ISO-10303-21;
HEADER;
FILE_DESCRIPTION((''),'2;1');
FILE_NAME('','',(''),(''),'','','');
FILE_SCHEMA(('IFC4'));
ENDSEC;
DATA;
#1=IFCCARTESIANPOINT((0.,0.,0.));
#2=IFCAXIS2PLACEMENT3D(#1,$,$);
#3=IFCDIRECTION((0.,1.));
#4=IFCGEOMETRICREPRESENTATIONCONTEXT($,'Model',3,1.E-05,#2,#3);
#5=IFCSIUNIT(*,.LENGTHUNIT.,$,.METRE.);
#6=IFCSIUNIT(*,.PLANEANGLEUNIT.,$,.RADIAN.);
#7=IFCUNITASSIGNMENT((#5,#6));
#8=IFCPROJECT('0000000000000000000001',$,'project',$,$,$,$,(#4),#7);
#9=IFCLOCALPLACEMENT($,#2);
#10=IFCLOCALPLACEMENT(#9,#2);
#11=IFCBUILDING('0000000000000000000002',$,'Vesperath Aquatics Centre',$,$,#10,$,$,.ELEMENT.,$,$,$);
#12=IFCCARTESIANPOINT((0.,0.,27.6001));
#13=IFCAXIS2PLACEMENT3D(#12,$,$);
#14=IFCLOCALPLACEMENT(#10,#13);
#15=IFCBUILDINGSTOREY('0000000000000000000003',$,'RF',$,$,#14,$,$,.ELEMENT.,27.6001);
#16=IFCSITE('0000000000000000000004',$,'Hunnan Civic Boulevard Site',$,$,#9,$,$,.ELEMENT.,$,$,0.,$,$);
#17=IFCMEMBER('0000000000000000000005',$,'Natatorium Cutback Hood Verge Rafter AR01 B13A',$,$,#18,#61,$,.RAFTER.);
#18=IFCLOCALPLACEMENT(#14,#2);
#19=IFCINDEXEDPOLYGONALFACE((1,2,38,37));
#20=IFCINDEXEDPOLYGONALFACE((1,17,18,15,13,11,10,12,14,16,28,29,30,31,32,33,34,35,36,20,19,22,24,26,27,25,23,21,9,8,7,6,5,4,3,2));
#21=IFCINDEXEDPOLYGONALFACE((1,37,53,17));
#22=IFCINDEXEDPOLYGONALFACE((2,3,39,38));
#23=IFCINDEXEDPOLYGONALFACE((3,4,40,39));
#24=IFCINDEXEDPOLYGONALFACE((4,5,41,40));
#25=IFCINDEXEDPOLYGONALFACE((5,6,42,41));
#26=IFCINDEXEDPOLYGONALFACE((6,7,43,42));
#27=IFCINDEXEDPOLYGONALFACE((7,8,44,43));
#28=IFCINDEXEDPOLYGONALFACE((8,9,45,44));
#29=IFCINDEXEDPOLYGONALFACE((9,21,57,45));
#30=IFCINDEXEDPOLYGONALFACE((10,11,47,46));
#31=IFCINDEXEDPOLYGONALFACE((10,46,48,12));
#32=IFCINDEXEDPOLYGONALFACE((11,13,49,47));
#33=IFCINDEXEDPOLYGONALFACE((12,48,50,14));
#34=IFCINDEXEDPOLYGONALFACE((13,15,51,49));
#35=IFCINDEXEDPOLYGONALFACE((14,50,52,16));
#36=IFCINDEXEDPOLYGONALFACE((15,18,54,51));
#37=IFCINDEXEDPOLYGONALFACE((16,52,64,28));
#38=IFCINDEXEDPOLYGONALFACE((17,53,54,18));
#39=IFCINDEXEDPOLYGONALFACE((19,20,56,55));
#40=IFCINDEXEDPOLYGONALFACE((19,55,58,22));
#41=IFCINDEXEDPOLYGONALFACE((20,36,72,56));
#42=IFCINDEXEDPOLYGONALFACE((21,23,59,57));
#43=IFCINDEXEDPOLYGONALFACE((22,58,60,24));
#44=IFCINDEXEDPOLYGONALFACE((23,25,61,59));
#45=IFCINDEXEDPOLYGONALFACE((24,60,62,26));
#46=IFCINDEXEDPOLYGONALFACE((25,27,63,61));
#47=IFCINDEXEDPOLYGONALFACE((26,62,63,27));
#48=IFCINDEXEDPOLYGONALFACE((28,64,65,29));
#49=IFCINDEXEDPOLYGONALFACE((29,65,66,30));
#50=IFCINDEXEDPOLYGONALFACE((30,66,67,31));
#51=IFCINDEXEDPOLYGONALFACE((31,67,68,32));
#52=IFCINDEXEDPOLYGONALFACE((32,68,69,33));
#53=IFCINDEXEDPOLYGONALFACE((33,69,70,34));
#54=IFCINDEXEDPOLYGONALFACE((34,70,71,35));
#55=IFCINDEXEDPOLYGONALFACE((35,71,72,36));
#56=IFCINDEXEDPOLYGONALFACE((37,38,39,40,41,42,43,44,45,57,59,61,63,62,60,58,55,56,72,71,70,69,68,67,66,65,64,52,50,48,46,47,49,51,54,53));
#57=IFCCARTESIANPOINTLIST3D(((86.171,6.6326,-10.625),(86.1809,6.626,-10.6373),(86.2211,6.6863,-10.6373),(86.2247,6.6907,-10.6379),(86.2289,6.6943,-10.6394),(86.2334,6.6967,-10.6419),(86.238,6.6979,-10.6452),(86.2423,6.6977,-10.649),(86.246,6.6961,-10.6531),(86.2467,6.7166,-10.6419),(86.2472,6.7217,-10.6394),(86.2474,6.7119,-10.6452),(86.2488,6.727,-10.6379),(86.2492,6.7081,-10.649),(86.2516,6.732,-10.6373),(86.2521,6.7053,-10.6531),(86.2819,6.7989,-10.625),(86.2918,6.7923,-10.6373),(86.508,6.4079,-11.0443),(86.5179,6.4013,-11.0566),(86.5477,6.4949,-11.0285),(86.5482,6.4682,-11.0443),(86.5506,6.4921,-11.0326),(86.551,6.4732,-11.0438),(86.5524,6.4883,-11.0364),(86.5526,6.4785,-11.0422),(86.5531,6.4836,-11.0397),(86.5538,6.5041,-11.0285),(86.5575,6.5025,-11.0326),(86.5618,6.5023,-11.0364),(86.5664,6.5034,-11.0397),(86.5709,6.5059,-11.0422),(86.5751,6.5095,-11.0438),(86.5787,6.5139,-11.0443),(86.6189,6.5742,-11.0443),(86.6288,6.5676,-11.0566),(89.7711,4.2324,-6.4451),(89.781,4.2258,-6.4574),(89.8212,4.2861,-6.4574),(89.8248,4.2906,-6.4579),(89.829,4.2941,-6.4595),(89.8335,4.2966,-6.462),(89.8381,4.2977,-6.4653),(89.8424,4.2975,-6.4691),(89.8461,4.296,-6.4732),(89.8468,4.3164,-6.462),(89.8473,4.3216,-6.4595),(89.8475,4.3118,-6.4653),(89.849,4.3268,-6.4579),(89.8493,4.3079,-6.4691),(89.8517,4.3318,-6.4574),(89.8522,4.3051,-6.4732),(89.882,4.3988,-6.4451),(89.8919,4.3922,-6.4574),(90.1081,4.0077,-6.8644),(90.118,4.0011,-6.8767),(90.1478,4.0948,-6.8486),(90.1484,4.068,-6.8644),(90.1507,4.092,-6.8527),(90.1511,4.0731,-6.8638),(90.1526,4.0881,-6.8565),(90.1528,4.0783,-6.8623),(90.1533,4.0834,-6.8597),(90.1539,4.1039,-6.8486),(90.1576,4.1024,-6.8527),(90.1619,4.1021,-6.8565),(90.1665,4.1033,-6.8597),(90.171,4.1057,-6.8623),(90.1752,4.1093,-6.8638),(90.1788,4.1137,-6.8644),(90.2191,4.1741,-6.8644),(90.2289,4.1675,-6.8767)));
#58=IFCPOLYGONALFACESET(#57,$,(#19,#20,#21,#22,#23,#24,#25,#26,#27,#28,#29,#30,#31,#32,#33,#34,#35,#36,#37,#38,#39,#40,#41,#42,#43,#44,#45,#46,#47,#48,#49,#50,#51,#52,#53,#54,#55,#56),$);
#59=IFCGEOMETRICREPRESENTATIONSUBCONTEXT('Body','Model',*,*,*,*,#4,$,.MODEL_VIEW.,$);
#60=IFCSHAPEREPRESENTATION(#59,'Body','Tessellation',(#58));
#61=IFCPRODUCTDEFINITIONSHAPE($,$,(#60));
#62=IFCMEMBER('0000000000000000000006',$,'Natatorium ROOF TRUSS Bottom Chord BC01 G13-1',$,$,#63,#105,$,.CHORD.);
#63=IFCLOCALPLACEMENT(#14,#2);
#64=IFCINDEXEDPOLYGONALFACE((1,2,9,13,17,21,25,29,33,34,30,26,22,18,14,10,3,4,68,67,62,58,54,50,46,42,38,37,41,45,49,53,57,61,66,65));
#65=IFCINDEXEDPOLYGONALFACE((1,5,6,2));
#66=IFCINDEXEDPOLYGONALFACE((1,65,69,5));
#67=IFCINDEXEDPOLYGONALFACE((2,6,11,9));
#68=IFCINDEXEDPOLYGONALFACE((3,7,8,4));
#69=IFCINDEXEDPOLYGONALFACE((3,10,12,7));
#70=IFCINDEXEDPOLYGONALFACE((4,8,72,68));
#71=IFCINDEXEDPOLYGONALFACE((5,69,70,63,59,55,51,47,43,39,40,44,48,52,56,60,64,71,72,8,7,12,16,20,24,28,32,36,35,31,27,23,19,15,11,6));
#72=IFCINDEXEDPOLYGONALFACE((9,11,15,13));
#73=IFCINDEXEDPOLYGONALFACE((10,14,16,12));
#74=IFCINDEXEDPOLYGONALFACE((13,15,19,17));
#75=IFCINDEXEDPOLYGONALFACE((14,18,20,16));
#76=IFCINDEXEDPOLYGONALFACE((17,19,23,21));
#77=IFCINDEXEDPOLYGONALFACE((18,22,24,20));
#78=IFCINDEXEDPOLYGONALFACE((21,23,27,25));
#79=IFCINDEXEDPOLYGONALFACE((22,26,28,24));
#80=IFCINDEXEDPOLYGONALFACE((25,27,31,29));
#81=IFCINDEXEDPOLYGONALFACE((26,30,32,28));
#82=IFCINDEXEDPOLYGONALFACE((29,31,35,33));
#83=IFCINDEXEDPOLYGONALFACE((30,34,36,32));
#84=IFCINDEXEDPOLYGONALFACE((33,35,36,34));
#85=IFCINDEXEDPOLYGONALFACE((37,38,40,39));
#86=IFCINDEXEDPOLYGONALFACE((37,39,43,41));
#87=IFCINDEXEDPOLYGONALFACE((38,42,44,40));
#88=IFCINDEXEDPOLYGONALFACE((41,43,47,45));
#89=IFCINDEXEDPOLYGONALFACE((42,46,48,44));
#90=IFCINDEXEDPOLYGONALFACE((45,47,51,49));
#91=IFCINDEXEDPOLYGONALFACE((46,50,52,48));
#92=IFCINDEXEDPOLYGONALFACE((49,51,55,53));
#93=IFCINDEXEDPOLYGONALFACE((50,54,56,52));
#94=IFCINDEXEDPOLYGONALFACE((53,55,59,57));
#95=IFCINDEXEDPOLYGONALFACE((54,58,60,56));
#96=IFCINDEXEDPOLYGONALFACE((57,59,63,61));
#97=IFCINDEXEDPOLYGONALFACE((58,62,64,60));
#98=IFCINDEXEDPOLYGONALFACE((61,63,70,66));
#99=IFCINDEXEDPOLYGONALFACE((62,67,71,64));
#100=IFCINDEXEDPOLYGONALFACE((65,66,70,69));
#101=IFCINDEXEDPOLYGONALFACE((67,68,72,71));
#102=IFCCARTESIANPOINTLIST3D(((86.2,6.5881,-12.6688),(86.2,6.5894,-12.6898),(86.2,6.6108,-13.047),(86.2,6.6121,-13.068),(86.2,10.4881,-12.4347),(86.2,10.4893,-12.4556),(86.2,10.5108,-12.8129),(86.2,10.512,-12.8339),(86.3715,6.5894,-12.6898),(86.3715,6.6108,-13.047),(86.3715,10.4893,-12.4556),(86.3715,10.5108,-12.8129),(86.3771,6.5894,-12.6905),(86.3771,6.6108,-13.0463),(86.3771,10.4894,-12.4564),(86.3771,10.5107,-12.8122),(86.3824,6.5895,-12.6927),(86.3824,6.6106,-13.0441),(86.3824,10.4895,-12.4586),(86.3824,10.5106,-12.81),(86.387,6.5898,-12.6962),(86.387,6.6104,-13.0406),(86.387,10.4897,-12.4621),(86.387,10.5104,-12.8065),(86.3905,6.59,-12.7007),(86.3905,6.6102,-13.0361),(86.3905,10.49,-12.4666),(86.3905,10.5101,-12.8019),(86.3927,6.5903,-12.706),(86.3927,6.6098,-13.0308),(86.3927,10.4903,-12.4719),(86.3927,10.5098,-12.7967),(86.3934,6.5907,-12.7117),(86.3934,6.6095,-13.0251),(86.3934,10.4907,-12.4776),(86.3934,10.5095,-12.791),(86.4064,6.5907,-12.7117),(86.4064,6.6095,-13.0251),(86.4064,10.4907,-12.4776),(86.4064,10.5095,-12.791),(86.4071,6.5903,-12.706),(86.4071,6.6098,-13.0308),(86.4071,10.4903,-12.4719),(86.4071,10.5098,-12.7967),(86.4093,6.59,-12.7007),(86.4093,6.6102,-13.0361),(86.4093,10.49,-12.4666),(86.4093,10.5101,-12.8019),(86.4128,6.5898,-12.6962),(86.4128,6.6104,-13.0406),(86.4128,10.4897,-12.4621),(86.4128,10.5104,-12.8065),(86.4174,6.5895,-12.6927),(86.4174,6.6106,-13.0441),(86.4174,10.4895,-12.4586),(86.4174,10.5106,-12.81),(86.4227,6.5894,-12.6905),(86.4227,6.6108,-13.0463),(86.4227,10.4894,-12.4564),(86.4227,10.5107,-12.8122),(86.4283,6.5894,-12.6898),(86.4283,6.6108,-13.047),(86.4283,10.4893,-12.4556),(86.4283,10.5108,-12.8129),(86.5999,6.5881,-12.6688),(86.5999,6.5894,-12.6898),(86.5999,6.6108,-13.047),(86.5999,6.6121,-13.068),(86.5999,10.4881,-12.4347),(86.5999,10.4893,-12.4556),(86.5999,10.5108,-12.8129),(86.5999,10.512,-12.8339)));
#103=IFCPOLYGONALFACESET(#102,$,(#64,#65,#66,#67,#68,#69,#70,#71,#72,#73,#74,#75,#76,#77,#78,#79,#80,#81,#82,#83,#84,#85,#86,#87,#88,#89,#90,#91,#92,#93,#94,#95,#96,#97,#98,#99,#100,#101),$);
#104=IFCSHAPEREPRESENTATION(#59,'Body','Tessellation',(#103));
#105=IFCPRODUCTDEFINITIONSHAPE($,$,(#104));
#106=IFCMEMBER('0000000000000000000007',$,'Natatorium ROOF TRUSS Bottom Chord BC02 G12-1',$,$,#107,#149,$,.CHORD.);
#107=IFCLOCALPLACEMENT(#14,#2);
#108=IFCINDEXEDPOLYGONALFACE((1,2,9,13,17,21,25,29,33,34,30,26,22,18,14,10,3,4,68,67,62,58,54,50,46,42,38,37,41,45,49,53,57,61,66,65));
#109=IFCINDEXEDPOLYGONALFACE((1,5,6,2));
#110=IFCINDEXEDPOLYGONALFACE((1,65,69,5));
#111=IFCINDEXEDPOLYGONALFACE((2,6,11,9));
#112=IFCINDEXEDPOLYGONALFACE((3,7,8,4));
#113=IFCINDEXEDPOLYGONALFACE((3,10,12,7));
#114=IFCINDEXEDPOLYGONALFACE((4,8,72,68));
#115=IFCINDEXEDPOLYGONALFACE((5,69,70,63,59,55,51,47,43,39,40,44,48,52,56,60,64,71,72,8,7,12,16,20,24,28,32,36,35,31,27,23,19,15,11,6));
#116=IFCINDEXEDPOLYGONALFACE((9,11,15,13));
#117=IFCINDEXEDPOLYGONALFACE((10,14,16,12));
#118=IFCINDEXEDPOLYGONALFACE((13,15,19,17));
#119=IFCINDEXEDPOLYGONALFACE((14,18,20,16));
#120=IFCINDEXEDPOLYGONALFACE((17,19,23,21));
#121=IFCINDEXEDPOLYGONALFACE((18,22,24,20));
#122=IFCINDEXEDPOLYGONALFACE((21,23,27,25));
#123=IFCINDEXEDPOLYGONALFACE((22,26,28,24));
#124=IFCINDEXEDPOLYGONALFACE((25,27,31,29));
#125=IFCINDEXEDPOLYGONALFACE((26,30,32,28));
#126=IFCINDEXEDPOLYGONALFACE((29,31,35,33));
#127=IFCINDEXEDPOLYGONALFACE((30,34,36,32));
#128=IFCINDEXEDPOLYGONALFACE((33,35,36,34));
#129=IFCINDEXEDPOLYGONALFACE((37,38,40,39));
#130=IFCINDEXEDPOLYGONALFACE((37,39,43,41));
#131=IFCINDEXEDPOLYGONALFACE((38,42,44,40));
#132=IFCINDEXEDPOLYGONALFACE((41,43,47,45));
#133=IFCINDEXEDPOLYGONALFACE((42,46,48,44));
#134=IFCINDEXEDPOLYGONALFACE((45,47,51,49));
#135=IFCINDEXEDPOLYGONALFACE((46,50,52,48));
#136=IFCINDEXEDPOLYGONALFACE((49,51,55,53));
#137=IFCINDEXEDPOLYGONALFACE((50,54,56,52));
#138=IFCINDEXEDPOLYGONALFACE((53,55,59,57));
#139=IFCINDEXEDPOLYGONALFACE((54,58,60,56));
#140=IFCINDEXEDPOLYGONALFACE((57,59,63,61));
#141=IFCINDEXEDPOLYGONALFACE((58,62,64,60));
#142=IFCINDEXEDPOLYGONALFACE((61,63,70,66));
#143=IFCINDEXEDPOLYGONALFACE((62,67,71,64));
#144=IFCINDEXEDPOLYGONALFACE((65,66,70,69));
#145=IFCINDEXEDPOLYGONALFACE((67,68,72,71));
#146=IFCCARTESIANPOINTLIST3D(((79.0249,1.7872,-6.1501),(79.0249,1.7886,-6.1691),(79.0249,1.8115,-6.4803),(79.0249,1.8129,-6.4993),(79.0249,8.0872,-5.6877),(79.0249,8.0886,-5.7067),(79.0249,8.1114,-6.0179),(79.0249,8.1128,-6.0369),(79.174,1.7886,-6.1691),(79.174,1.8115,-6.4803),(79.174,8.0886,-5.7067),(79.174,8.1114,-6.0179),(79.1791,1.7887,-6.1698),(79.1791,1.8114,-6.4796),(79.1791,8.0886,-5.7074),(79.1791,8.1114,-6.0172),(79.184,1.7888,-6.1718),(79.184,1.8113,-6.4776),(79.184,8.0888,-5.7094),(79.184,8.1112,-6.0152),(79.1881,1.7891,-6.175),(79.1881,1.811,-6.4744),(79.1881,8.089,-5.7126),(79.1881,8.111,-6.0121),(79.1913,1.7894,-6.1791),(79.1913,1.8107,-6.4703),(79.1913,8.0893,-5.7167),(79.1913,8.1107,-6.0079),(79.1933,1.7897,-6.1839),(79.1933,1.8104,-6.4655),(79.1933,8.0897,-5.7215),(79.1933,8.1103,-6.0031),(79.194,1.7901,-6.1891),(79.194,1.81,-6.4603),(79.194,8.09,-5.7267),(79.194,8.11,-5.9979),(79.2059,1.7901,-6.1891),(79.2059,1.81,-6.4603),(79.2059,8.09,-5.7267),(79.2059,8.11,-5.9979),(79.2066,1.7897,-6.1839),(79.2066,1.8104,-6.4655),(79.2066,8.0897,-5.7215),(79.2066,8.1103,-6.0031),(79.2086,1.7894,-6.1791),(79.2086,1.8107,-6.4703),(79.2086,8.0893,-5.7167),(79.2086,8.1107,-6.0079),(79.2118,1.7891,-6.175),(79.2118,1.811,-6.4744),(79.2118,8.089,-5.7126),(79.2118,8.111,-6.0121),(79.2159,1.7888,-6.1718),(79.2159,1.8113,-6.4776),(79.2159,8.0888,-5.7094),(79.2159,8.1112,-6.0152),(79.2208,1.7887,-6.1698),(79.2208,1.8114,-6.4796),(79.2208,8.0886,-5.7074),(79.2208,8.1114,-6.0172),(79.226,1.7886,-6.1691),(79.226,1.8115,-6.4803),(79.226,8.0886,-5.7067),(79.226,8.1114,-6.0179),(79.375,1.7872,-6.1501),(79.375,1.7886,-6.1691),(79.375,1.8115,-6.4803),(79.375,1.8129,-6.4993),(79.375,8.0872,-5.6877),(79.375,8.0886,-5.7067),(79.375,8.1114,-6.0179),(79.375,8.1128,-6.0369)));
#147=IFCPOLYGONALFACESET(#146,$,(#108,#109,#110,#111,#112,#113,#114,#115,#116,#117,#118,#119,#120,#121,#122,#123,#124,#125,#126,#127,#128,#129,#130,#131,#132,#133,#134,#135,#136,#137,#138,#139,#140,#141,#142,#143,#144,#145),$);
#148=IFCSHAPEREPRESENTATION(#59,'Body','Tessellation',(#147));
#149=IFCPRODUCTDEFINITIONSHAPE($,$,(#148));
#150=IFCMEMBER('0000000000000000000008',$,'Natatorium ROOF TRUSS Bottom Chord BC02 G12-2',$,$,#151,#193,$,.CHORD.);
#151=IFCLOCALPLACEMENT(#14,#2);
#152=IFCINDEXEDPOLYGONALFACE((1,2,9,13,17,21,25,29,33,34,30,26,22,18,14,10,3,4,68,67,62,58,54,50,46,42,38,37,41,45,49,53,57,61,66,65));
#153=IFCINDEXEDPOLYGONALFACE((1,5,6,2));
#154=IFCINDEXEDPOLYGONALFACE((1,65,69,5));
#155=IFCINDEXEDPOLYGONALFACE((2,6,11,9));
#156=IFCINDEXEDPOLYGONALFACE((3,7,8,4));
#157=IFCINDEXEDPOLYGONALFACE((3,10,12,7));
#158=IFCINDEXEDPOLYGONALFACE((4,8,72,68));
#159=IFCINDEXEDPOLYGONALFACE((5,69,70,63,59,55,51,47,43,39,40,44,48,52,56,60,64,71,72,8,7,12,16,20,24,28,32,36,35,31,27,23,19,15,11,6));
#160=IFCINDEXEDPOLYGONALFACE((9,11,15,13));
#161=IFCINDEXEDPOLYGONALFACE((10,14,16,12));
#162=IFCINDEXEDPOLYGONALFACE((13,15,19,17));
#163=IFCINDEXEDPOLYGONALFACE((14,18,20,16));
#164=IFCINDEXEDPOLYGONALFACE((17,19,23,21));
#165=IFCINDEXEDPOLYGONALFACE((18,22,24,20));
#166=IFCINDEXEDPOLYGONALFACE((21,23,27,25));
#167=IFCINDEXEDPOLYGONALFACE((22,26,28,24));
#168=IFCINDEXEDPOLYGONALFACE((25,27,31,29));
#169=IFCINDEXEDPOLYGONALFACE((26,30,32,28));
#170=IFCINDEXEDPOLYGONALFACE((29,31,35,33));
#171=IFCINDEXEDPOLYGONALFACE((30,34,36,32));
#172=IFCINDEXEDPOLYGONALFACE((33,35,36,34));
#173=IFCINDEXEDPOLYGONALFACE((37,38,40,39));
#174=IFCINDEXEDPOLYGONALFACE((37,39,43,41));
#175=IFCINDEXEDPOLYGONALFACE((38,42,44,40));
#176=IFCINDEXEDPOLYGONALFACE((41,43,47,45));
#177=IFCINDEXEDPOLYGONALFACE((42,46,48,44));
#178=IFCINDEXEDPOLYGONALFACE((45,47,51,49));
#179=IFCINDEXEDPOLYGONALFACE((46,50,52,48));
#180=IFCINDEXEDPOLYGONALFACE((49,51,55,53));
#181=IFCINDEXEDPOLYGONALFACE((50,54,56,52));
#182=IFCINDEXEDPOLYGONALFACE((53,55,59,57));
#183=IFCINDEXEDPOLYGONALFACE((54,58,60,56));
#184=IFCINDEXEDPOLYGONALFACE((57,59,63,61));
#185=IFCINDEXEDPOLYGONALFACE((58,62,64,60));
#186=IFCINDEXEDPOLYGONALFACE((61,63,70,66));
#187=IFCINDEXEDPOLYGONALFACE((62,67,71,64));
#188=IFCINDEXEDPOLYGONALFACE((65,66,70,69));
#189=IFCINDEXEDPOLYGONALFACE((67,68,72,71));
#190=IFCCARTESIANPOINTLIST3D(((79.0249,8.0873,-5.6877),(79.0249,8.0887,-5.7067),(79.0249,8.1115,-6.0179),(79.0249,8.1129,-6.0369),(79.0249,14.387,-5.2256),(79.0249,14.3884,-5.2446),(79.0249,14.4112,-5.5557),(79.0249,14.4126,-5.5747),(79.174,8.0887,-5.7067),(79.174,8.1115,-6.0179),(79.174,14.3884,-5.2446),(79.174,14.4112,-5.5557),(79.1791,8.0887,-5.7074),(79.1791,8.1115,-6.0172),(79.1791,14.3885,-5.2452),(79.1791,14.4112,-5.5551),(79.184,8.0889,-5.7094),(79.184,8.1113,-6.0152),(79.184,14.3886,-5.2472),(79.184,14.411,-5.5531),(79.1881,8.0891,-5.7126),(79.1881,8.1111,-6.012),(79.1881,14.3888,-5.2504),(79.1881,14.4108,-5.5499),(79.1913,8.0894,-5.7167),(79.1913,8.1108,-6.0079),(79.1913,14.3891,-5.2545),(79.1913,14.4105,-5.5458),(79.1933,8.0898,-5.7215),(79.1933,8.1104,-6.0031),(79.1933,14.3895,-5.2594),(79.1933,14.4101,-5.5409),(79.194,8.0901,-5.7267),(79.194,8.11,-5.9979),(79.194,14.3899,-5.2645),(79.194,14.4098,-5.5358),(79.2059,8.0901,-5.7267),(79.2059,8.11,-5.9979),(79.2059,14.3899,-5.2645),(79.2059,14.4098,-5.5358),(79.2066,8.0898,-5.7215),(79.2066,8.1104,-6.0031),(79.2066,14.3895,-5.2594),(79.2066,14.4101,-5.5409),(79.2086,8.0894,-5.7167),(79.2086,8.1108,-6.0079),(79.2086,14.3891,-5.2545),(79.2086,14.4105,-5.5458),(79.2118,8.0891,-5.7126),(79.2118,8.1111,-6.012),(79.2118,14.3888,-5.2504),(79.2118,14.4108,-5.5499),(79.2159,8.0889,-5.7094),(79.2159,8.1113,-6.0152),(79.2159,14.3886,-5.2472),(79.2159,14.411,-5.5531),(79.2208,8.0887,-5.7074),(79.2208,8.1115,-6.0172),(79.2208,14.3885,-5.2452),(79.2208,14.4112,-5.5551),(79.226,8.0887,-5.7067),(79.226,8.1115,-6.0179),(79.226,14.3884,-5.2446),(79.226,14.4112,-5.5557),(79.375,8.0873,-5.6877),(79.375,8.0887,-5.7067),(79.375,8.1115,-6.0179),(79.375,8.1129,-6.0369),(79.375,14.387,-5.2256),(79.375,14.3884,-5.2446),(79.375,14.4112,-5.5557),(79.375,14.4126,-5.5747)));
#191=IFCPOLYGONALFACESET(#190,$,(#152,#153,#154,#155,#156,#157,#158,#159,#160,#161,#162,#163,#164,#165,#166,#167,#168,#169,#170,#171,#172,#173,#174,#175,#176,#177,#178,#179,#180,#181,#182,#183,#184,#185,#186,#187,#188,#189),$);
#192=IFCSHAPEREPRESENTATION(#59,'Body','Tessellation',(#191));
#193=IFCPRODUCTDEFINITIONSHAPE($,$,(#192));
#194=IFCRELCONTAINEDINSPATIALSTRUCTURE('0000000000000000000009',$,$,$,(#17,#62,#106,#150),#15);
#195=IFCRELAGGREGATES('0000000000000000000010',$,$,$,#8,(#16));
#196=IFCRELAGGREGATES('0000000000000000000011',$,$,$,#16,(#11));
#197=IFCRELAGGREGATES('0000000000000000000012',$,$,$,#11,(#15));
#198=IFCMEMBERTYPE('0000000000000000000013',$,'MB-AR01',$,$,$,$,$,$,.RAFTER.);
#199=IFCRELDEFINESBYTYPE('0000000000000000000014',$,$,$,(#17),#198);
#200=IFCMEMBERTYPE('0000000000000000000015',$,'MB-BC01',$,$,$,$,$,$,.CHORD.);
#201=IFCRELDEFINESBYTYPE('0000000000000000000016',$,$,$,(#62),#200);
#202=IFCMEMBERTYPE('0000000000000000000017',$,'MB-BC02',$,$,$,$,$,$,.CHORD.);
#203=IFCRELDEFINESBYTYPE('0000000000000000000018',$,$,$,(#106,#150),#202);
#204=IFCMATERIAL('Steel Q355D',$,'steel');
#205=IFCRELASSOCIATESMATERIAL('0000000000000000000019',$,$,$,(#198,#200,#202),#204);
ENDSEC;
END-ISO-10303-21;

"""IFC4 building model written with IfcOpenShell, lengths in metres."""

from ifc_helpers import new_model, si_unit, direction, frame, origin, origin_2d, place, context, subcontext, project, spatial, i_section, extrude, material, material_profile, profile_set, type_object, element, save


model = new_model("IFC4")

# Units and contexts
model_context = context("Model", 3, precision=1e-05, world=origin(), true_north=direction((0.0, 1.0)))
body_context = subcontext(model_context, "Body", "Model", "MODEL_VIEW")
ifc_project = project(units=[si_unit("LENGTHUNIT", "METRE"), si_unit("PLANEANGLEUNIT", "RADIAN")], contexts=[model_context])

# Site, building, storey
site_placement = place(None, origin())
site = spatial("IfcSite", under=ifc_project, at=site_placement, Name="Hunnan Civic Boulevard Site", CompositionType="ELEMENT", RefElevation=0.0)
building_placement = place(site_placement, origin())
building = spatial("IfcBuilding", under=site, at=building_placement, Name="Vesperath Aquatics Centre", CompositionType="ELEMENT")
storey_placement = place(building_placement, frame((0.0, 0.0, 27.6001)))
storey = spatial("IfcBuildingStorey", under=building, at=storey_placement, Name="RF", CompositionType="ELEMENT", Elevation=27.6001)

# Members
ifc_material_1 = material(Name="Steel Q355D", Category="steel")
ifc_material_profile_1 = material_profile(ifc_material_1, i_section(OverallWidth=0.2, OverallDepth=0.6001, WebThickness=0.011, FlangeThickness=0.0171, FilletRadius=0.022, at=origin_2d()), Name="HN 600x200x11x17")
ifc_profile_set_1 = profile_set([ifc_material_profile_1], Name="Steel Q355D")
member_type_1 = type_object("IfcMemberType", Name="MB-AR01", PredefinedType="RAFTER", material=ifc_profile_set_1)
member_1_placement = place(storey_placement, frame((86.3999, 6.6001, -10.8408), z_axis=(0.598412, -0.398955, 0.694793), x_axis=(0.554713, 0.832042, 0.0)))
element("IfcMember", 1, at=member_1_placement, inside=storey, type_object=member_type_1, Name="Natatorium Cutback Hood Verge Rafter AR01 B13A", PredefinedType="RAFTER", context=body_context, shape_type="SweptSolid", body=[
    extrude(i_section(OverallWidth=0.2, OverallDepth=0.6001, WebThickness=0.011, FlangeThickness=0.0171, FilletRadius=0.022, at=origin_2d()), origin(), (0.0, 0.0, 1.0), 6.0161),
])
ifc_material_profile_2 = material_profile(ifc_material_1, i_section(OverallWidth=0.3999, OverallDepth=0.3999, WebThickness=0.0129, FlangeThickness=0.021, FilletRadius=0.022, at=origin_2d()), Name="HW 400x400x13x21")
ifc_profile_set_2 = profile_set([ifc_material_profile_2], Name="Steel Q355D")
member_type_2 = type_object("IfcMemberType", Name="MB-BC01", PredefinedType="CHORD", material=ifc_profile_set_2)
member_2_placement = place(storey_placement, frame((86.3999, 6.6001, -12.8684), z_axis=(0.0, 0.998203, 0.059927), x_axis=(-1.0, 0.0, 0.0)))
element("IfcMember", 2, at=member_2_placement, inside=storey, type_object=member_type_2, Name="Natatorium ROOF TRUSS Bottom Chord BC01 G13-1", PredefinedType="CHORD", context=body_context, shape_type="SweptSolid", body=[
    extrude(i_section(OverallWidth=0.3999, OverallDepth=0.3999, WebThickness=0.0129, FlangeThickness=0.021, FilletRadius=0.022, at=origin_2d()), origin(), (0.0, 0.0, 1.0), 3.907),
])
ifc_material_profile_3 = material_profile(ifc_material_1, i_section(OverallWidth=0.3501, OverallDepth=0.3501, WebThickness=0.012, FlangeThickness=0.019, FilletRadius=0.02, at=origin_2d()), Name="HW 350x350x12x19")
ifc_profile_set_3 = profile_set([ifc_material_profile_3], Name="Steel Q355D")
member_type_3 = type_object("IfcMemberType", Name="MB-BC02", PredefinedType="CHORD", material=ifc_profile_set_3)
member_3_placement = place(storey_placement, frame((79.2, 1.8, -6.3247), z_axis=(0.0, 0.997317, 0.0732), x_axis=(-1.0, 0.0, 0.0)))
element("IfcMember", 3, at=member_3_placement, inside=storey, type_object=member_type_3, Name="Natatorium ROOF TRUSS Bottom Chord BC02 G12-1", PredefinedType="CHORD", context=body_context, shape_type="SweptSolid", body=[
    extrude(i_section(OverallWidth=0.3501, OverallDepth=0.3501, WebThickness=0.012, FlangeThickness=0.019, FilletRadius=0.02, at=origin_2d()), origin(), (0.0, 0.0, 1.0), 6.3169),
])
member_4_placement = place(storey_placement, frame((79.2, 8.1001, -5.8623), z_axis=(0.0, 0.99732, 0.073164), x_axis=(-1.0, 0.0, 0.0)))
element("IfcMember", 4, at=member_4_placement, inside=storey, type_object=member_type_3, Name="Natatorium ROOF TRUSS Bottom Chord BC02 G12-2", PredefinedType="CHORD", context=body_context, shape_type="SweptSolid", body=[
    extrude(i_section(OverallWidth=0.3501, OverallDepth=0.3501, WebThickness=0.012, FlangeThickness=0.019, FilletRadius=0.02, at=origin_2d()), origin(), (0.0, 0.0, 1.0), 6.3167),
])

save(model, "model.ifc")
